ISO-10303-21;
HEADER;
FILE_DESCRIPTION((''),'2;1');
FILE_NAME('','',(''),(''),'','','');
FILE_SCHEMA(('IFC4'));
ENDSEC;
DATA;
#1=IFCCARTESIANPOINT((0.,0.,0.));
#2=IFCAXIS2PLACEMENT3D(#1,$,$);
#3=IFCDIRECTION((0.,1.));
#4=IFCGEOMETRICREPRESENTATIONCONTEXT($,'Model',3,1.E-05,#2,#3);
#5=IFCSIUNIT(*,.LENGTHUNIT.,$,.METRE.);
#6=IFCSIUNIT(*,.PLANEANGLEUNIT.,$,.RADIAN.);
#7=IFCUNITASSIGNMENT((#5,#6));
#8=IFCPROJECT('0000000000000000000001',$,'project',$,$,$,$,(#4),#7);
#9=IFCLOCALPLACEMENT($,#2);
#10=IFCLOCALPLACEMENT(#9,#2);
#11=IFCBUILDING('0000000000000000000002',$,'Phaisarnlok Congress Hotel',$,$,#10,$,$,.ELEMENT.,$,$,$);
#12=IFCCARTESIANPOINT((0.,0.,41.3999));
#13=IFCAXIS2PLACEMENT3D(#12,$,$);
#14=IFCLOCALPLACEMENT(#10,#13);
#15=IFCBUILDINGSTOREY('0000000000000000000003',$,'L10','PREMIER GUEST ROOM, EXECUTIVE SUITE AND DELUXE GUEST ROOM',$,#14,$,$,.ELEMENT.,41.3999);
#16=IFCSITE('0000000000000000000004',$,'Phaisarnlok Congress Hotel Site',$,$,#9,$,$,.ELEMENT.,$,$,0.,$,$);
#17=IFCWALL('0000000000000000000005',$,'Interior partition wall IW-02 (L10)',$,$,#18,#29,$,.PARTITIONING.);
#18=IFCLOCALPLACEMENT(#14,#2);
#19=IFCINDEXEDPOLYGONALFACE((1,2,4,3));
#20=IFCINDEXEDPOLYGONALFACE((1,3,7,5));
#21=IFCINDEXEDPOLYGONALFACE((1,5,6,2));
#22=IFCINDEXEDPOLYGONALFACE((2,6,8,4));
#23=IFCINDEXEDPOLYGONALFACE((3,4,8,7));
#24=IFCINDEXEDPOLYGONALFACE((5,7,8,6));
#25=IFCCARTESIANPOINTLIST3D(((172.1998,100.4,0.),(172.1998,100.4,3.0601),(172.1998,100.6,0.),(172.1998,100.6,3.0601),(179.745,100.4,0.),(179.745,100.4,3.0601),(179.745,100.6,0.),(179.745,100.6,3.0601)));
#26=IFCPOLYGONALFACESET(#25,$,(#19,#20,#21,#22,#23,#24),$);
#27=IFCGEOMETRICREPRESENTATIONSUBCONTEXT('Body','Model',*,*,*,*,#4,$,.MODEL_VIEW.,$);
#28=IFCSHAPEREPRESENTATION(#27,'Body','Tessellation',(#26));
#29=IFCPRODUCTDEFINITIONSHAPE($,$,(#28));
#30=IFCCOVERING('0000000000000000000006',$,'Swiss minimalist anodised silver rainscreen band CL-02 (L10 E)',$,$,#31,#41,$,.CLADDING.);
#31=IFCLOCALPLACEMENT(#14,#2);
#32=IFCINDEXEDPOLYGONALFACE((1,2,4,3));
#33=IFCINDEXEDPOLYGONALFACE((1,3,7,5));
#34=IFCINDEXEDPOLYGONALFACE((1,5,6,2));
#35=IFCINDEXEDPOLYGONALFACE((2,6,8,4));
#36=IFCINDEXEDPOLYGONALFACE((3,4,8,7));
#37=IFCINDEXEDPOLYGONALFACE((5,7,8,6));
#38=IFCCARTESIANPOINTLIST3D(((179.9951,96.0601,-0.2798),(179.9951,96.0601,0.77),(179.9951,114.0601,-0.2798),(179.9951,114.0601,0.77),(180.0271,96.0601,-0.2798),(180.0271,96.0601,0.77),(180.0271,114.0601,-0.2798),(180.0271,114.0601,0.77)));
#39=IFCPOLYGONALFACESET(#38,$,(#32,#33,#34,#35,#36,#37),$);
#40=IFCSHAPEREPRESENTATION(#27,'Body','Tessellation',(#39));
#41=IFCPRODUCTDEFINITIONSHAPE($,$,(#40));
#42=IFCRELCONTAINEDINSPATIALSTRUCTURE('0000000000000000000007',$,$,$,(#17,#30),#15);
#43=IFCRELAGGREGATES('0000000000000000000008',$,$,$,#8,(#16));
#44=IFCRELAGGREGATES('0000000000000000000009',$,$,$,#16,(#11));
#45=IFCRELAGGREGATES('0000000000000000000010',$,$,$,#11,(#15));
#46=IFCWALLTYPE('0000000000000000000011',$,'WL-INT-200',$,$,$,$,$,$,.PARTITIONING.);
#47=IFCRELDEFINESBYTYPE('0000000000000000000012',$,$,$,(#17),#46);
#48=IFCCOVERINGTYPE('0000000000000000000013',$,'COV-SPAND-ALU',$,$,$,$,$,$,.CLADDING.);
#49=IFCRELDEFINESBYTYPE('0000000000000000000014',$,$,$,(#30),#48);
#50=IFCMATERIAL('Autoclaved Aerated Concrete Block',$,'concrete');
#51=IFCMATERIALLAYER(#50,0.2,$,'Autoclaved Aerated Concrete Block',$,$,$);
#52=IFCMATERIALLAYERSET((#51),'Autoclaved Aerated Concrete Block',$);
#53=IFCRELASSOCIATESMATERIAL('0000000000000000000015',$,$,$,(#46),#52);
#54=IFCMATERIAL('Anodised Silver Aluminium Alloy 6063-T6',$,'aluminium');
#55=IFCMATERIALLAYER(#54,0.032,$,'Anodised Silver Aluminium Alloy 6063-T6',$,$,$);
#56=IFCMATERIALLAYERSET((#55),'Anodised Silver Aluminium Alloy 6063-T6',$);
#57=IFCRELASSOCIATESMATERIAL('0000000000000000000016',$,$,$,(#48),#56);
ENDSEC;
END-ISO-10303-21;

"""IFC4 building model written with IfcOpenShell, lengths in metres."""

from ifc_helpers import new_model, si_unit, direction, frame, frame_2d, origin, place, context, subcontext, project, spatial, polyline, rectangle, outline, extrude, material, layer, layer_set, type_object, element, save


model = new_model("IFC4")

# Units and contexts
model_context = context("Model", 3, precision=1e-05, world=origin(), true_north=direction((0.0, 1.0)))
body_context = subcontext(model_context, "Body", "Model", "MODEL_VIEW")
ifc_project = project(units=[si_unit("LENGTHUNIT", "METRE"), si_unit("PLANEANGLEUNIT", "RADIAN")], contexts=[model_context])

# Site, building, storey
site_placement = place(None, origin())
site = spatial("IfcSite", under=ifc_project, at=site_placement, Name="Phaisarnlok Congress Hotel Site", CompositionType="ELEMENT", RefElevation=0.0)
building_placement = place(site_placement, origin())
building = spatial("IfcBuilding", under=site, at=building_placement, Name="Phaisarnlok Congress Hotel", CompositionType="ELEMENT")
storey_placement = place(building_placement, frame((0.0, 0.0, 41.3999)))
storey = spatial("IfcBuildingStorey", under=building, at=storey_placement, Name="L10", Description="PREMIER GUEST ROOM, EXECUTIVE SUITE AND DELUXE GUEST ROOM", CompositionType="ELEMENT", Elevation=41.3999)

# Wall
ifc_material_1 = material(Name="Autoclaved Aerated Concrete Block", Category="concrete")
ifc_layer_1 = layer(ifc_material_1, 0.2, Name="Autoclaved Aerated Concrete Block")
ifc_layer_set_1 = layer_set([ifc_layer_1], Name="Autoclaved Aerated Concrete Block")
wall_type_1 = type_object("IfcWallType", Name="WL-INT-200", PredefinedType="PARTITIONING", material=ifc_layer_set_1)
wall_1_placement = place(storey_placement, frame((172.2, 100.5, 0.0), z_axis=(0.0, 0.0, 1.0), x_axis=(1.0, 0.0, 0.0)))
element("IfcWall", 1, at=wall_1_placement, inside=storey, type_object=wall_type_1, Name="Interior partition wall IW-02 (L10)", PredefinedType="PARTITIONING", context=body_context, shape_type="SweptSolid", body=[
    extrude(rectangle(XDim=7.5452, YDim=0.2, at=frame_2d((3.7725, 0.0))), origin(), (0.0, 0.0, 1.0), 3.0601),
])

# Covering
ifc_material_2 = material(Name="Anodised Silver Aluminium Alloy 6063-T6", Category="aluminium")
ifc_layer_2 = layer(ifc_material_2, 0.032, Name="Anodised Silver Aluminium Alloy 6063-T6")
ifc_layer_set_2 = layer_set([ifc_layer_2], Name="Anodised Silver Aluminium Alloy 6063-T6")
covering_type = type_object("IfcCoveringType", Name="COV-SPAND-ALU", PredefinedType="CLADDING", material=ifc_layer_set_2)
covering_placement = place(storey_placement, frame((179.9951, 96.0601, -0.2798), z_axis=(1.0, 0.0, 0.0), x_axis=(0.0, 1.0, 0.0)))
element("IfcCovering", 2, at=covering_placement, inside=storey, type_object=covering_type, Name="Swiss minimalist anodised silver rainscreen band CL-02 (L10 E)", PredefinedType="CLADDING", context=body_context, shape_type="SweptSolid", body=[
    extrude(outline(polyline([(0.0, 0.0), (18.0, 0.0), (18.0, 1.0498), (0.0, 1.0498), (0.0, 0.0)])), origin(), (0.0, 0.0, 1.0), 0.032),
])

save(model, "model.ifc")
